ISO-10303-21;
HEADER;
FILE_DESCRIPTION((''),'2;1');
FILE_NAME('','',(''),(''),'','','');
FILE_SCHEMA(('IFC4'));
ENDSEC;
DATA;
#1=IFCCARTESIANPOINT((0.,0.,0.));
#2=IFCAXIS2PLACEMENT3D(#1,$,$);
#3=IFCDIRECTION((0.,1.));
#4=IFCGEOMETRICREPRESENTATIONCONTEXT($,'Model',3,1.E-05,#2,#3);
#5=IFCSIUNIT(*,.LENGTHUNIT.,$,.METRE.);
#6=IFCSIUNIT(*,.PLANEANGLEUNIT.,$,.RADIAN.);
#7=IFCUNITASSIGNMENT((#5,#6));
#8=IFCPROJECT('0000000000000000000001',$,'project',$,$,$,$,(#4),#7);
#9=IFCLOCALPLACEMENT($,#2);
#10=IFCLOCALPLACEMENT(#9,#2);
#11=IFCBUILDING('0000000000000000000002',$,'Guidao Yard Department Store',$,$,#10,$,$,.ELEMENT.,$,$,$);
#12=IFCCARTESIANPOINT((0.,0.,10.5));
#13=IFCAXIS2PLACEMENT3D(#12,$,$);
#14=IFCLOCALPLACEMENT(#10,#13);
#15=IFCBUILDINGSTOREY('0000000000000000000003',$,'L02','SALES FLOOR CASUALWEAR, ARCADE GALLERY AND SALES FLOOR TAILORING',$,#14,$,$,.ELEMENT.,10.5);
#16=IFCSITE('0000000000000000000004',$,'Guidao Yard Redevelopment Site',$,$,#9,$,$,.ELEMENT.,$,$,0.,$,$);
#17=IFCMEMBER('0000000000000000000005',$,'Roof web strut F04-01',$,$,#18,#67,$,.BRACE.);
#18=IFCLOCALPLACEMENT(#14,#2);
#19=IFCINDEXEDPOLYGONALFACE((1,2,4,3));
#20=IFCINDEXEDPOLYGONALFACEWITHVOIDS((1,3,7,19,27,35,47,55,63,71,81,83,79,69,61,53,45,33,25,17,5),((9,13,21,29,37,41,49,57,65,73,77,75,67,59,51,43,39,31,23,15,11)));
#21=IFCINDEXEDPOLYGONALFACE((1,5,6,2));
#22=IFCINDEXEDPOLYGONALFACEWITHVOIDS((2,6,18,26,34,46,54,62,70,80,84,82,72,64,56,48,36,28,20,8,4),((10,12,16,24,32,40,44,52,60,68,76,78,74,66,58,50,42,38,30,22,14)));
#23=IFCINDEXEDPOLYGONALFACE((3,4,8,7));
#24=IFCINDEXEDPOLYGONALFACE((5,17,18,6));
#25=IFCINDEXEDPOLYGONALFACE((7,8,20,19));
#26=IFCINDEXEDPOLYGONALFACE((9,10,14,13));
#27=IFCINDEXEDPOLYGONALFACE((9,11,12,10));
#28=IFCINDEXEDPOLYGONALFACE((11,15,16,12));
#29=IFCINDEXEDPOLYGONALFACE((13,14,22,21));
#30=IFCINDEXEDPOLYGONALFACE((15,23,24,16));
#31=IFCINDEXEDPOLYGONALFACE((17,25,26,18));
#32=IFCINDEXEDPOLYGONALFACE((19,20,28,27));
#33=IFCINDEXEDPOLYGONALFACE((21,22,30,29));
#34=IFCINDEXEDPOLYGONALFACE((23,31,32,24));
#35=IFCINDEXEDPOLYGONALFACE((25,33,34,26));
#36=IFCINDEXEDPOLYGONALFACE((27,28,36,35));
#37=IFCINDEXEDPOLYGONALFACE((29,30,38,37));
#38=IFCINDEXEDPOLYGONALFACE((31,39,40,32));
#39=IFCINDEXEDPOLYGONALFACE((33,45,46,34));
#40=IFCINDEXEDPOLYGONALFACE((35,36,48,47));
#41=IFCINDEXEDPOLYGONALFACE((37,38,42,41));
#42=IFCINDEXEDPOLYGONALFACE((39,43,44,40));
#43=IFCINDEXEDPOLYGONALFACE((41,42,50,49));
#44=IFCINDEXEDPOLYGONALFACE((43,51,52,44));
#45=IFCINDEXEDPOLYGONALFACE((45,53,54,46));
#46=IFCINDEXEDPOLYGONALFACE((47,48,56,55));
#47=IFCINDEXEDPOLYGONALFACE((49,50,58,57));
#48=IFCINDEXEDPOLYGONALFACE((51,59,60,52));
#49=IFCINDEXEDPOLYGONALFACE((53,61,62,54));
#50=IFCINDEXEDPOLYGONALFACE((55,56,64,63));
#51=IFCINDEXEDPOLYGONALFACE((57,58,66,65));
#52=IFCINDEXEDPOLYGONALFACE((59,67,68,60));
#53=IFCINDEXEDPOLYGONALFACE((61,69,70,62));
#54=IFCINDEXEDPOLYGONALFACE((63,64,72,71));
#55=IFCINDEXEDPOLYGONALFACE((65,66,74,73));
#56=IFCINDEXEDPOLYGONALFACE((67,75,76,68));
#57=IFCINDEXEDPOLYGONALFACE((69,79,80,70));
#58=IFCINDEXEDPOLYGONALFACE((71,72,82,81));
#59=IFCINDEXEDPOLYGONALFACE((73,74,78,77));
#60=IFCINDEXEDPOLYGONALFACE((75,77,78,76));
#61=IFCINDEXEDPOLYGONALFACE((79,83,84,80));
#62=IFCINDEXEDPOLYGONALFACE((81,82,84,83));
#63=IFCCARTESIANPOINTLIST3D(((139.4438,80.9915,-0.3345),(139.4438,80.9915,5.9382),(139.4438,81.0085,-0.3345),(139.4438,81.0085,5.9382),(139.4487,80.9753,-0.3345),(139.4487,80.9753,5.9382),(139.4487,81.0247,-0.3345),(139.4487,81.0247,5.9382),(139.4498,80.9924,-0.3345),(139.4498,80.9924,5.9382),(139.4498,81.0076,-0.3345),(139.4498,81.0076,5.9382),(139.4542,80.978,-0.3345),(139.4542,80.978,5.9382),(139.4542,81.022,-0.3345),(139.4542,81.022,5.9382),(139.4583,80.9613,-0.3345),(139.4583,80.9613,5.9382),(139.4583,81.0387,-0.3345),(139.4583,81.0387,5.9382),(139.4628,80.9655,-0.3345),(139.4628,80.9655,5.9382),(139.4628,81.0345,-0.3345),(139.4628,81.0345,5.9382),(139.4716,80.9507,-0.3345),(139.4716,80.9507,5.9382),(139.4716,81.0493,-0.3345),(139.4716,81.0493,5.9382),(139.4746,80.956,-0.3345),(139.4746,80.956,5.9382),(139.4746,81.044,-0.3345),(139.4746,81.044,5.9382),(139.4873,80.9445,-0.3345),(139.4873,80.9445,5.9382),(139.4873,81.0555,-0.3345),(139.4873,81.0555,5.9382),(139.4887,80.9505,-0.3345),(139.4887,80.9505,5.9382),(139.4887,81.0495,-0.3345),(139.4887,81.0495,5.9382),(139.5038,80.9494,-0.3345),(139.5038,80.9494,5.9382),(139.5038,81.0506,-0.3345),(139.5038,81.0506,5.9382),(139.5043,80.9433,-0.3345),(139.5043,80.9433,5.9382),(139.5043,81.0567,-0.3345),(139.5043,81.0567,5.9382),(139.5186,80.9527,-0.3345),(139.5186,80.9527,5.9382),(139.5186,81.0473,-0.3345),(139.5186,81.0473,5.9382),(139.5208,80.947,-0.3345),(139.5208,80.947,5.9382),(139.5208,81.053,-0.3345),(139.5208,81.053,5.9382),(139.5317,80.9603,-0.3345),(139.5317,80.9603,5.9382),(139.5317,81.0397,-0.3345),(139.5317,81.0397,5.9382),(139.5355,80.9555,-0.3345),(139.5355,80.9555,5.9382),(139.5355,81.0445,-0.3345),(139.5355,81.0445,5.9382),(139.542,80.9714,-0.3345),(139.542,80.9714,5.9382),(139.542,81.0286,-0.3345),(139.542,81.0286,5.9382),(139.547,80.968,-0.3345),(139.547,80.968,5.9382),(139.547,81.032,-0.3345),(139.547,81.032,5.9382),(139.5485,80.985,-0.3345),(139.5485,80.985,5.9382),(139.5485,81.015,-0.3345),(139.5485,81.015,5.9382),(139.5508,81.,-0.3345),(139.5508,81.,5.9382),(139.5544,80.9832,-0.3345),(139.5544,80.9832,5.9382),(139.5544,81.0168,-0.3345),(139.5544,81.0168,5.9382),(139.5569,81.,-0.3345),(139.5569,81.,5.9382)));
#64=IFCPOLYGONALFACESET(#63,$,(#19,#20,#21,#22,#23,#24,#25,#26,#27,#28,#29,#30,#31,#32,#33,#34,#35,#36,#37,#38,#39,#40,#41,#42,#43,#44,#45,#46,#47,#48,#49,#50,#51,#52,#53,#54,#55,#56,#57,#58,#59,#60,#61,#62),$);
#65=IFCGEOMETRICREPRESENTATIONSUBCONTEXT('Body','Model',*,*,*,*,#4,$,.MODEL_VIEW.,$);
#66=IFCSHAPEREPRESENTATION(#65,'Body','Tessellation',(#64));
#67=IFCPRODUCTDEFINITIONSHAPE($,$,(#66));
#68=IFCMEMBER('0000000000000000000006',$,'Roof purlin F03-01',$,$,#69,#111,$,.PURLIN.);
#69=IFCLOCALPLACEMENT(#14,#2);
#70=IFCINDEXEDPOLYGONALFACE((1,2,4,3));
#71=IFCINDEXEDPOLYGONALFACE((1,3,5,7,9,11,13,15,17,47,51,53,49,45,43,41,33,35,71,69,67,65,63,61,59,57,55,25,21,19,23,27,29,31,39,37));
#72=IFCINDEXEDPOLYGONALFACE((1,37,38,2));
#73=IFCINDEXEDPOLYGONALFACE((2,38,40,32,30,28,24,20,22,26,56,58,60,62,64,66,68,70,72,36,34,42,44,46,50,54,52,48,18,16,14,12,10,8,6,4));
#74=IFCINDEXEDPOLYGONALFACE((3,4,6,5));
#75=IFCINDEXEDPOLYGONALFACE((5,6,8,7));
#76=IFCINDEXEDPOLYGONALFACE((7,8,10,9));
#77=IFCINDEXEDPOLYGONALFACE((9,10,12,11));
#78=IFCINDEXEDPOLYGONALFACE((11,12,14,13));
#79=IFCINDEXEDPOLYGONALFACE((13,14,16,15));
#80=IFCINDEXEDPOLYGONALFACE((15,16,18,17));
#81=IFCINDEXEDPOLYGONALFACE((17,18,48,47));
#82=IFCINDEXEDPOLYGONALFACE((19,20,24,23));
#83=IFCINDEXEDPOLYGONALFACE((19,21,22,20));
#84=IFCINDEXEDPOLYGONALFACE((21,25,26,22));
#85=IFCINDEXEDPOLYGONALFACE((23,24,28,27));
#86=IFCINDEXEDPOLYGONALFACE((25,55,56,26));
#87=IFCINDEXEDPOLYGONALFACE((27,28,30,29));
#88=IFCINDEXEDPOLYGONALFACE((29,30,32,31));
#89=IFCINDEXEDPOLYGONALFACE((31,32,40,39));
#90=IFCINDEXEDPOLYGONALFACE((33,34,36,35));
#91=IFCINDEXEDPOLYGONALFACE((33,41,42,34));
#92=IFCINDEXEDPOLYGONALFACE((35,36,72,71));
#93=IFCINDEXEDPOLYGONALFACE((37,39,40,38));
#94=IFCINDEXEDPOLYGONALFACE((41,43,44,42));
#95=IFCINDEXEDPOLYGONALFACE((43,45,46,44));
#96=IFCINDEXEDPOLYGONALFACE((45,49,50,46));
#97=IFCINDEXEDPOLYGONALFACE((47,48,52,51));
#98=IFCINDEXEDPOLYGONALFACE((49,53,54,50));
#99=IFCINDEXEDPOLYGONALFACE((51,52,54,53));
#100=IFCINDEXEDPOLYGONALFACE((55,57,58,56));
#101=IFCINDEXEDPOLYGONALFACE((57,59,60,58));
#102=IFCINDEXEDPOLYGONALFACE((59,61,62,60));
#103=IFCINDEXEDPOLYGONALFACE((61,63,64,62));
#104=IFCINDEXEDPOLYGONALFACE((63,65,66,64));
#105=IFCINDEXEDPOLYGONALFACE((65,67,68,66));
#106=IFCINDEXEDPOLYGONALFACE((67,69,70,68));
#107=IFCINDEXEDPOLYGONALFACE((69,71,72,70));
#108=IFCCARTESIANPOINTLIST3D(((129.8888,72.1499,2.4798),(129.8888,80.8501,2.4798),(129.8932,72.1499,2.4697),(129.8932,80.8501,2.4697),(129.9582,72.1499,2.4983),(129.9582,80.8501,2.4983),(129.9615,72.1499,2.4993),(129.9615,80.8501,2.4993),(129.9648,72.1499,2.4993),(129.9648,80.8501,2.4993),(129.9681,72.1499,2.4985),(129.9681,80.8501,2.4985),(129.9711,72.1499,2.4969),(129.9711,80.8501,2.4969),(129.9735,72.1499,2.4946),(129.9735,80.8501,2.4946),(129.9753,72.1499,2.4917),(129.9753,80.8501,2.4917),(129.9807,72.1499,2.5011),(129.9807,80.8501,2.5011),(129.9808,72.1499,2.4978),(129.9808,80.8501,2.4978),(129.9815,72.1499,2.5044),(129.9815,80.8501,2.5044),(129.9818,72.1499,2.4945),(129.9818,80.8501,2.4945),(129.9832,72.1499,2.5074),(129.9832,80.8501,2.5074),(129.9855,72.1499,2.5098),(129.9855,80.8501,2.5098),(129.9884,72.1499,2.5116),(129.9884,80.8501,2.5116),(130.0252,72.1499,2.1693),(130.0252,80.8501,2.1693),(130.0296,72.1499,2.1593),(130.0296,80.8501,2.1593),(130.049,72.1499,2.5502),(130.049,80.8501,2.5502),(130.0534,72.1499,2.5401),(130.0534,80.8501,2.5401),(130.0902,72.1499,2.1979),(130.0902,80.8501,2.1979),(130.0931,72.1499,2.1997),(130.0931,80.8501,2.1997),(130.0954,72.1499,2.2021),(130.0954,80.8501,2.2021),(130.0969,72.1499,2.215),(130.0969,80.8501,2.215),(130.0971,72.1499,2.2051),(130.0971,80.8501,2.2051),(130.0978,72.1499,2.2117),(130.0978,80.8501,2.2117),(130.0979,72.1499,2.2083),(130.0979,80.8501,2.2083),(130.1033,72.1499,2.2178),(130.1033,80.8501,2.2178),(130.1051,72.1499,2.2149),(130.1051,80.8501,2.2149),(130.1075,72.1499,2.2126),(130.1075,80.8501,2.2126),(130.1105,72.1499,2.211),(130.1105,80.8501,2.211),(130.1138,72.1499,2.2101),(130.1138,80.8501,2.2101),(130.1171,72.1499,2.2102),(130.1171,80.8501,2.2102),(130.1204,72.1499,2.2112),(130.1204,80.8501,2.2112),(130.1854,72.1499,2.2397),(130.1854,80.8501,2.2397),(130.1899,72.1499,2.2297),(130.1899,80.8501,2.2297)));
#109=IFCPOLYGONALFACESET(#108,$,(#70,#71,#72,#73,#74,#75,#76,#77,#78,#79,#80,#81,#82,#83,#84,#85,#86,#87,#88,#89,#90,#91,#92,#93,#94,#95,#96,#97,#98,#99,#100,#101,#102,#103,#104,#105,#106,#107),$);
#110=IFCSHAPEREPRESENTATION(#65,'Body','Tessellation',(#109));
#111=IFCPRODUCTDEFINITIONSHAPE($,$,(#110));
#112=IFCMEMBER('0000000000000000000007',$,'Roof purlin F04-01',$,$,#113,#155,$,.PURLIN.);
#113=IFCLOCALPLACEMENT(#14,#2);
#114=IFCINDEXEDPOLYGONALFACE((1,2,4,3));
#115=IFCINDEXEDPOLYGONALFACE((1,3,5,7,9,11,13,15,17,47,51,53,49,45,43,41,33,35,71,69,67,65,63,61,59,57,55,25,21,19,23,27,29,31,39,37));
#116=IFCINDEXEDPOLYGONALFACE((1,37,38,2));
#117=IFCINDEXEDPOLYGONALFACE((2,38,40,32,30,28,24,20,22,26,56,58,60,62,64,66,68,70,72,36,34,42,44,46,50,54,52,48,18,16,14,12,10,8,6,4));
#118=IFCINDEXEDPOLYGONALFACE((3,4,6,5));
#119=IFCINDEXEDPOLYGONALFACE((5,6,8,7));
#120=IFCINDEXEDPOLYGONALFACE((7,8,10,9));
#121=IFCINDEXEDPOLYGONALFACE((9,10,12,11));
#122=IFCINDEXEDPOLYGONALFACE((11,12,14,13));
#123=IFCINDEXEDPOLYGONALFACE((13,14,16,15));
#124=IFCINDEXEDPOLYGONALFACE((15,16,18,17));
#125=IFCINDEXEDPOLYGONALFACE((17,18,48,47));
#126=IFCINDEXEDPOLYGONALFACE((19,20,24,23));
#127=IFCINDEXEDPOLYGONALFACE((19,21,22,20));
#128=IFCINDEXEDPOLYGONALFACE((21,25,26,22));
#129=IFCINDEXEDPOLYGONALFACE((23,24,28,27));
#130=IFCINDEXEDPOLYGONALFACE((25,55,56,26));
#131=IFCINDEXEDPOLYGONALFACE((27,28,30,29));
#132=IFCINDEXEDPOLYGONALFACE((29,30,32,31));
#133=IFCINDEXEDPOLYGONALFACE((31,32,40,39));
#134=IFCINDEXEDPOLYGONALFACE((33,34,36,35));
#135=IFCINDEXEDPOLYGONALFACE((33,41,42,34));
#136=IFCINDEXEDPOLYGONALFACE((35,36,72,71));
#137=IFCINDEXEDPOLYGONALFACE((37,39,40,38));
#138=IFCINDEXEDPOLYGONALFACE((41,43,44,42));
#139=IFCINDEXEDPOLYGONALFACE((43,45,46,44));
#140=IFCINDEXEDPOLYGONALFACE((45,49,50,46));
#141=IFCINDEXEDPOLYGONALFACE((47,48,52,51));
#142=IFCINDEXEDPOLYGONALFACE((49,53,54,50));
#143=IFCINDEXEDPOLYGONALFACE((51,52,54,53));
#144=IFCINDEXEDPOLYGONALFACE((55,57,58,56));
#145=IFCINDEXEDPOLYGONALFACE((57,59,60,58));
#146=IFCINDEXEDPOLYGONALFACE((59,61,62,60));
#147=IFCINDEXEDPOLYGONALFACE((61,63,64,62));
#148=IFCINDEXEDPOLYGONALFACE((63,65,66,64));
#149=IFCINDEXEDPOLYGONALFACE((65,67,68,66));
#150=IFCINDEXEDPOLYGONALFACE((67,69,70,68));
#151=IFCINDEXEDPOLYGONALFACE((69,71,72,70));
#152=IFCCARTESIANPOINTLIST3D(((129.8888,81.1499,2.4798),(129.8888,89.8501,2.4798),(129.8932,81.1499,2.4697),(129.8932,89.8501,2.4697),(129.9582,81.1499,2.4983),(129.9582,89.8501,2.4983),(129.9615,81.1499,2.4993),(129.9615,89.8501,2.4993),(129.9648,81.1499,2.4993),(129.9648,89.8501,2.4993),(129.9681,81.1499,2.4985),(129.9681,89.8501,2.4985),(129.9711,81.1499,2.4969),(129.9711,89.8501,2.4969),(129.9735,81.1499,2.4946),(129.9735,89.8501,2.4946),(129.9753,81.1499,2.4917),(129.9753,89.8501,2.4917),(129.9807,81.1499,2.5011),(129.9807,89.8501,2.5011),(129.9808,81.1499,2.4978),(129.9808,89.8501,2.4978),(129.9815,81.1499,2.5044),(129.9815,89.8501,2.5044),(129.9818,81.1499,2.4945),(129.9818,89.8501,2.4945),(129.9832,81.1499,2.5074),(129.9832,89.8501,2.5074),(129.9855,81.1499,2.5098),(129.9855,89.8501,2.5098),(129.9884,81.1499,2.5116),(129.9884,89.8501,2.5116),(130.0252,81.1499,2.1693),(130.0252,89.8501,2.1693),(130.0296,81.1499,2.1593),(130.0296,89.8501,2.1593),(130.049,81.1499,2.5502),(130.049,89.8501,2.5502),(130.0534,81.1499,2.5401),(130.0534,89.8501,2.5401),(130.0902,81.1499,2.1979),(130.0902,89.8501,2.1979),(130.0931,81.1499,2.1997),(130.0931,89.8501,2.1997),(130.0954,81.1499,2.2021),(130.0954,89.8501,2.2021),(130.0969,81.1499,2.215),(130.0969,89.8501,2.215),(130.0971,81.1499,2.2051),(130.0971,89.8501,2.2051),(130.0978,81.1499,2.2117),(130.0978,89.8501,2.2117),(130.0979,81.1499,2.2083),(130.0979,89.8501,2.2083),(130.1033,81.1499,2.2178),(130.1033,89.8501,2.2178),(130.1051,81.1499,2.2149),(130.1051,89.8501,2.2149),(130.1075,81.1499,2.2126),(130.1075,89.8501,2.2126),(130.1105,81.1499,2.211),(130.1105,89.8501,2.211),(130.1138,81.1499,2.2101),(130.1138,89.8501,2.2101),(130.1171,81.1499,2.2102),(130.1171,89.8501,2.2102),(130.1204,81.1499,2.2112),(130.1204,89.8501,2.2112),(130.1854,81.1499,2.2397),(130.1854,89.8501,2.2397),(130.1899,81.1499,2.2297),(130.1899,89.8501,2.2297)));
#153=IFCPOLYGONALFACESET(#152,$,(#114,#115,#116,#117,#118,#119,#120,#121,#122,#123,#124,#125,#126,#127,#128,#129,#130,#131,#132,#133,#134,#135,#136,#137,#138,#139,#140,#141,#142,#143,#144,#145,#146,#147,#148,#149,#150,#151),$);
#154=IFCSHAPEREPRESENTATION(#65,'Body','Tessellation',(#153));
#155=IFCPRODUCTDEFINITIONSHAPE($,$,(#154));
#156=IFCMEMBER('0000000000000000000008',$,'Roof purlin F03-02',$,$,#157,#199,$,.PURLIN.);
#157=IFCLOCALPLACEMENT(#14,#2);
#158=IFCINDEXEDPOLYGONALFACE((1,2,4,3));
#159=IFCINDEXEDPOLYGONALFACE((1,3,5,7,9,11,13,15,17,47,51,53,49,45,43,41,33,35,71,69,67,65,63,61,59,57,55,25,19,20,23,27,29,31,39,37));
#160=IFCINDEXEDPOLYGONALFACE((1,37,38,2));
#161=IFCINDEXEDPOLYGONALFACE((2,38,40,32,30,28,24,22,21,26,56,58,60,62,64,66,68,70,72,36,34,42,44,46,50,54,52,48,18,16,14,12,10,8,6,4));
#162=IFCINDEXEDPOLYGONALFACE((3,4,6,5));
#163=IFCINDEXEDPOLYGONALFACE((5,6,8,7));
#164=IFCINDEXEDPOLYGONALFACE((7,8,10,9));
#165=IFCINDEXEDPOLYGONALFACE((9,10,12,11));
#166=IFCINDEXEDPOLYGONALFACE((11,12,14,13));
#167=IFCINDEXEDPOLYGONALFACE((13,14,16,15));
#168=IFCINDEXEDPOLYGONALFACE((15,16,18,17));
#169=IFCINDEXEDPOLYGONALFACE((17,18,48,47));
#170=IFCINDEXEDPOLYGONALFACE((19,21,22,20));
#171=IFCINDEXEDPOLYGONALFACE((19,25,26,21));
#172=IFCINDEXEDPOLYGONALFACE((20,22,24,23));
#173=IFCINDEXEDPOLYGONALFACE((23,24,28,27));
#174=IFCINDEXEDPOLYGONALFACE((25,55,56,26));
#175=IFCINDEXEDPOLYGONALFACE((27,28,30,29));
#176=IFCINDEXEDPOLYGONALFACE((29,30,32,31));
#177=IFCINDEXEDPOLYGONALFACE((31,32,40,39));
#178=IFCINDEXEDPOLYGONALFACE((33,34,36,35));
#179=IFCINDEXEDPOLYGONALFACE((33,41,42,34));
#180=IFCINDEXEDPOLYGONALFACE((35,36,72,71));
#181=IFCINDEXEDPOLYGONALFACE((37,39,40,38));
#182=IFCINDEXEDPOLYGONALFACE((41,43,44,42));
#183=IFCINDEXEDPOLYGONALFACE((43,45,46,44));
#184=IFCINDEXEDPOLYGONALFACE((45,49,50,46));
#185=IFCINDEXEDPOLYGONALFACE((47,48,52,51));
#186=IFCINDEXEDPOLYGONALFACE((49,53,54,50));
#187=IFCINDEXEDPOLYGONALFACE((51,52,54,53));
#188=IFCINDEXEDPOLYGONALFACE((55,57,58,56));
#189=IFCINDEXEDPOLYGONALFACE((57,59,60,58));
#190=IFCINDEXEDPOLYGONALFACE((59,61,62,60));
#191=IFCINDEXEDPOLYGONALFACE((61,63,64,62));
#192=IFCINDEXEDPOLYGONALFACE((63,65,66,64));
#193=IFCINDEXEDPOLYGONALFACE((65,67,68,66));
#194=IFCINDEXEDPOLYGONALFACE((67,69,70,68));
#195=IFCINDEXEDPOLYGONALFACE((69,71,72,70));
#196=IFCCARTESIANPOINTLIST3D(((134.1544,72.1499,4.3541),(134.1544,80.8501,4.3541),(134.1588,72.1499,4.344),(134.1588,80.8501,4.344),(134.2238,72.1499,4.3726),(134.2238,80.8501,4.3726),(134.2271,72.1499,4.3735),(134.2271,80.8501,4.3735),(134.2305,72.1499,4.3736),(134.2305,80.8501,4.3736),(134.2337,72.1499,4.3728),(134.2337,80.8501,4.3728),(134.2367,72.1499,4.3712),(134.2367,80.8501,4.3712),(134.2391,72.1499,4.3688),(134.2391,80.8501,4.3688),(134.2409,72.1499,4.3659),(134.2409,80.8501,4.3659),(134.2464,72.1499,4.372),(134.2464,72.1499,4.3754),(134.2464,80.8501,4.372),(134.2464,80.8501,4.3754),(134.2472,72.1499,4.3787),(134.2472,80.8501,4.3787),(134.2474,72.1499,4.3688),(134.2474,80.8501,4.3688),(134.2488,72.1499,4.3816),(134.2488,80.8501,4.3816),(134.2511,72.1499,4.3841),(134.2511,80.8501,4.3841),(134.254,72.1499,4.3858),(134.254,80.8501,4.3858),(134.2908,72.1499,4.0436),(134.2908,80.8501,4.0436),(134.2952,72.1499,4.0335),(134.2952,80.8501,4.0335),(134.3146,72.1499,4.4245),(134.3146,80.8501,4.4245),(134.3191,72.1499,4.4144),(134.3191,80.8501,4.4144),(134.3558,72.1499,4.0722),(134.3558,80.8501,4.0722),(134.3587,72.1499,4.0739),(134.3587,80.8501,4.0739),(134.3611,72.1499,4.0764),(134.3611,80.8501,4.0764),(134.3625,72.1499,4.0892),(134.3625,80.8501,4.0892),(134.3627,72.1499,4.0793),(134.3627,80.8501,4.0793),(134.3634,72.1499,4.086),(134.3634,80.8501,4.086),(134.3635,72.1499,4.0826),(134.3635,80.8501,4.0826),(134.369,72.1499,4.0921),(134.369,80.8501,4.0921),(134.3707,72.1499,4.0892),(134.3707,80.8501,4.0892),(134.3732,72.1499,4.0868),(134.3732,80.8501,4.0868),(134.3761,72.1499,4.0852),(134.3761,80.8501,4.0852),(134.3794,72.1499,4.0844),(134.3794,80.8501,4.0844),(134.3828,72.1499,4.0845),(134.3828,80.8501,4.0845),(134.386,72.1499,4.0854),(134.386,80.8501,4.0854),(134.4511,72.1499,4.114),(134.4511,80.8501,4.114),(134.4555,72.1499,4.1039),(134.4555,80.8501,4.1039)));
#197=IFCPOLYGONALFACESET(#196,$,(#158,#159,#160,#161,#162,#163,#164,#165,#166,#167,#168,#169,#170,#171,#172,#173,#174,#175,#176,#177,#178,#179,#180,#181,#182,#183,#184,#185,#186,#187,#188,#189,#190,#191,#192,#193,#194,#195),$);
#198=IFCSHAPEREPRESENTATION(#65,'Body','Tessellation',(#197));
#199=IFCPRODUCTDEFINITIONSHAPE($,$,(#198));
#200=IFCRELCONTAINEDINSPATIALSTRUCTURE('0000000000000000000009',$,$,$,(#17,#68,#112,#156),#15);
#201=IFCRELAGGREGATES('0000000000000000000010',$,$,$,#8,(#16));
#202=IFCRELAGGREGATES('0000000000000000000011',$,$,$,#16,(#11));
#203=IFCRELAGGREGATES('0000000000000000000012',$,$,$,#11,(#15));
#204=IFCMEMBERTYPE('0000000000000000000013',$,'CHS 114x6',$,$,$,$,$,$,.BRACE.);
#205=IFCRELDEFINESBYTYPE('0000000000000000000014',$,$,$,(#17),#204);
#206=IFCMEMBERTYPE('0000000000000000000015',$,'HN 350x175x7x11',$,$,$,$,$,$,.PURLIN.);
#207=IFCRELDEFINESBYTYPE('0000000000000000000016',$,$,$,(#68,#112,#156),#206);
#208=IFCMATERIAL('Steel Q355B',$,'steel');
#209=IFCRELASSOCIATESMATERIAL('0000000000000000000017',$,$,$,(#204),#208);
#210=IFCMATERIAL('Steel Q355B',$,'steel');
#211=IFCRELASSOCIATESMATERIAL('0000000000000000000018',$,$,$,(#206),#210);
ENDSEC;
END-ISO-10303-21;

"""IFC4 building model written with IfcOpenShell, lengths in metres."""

from ifc_helpers import new_model, si_unit, direction, frame, origin, origin_2d, place, context, subcontext, project, spatial, hollow_circle, i_section, extrude, material, material_profile, profile_set, type_object, element, save


model = new_model("IFC4")

# Units and contexts
model_context = context("Model", 3, precision=1e-05, world=origin(), true_north=direction((0.0, 1.0)))
body_context = subcontext(model_context, "Body", "Model", "MODEL_VIEW")
ifc_project = project(units=[si_unit("LENGTHUNIT", "METRE"), si_unit("PLANEANGLEUNIT", "RADIAN")], contexts=[model_context])

# Site, building, storey
site_placement = place(None, origin())
site = spatial("IfcSite", under=ifc_project, at=site_placement, Name="Guidao Yard Redevelopment Site", CompositionType="ELEMENT", RefElevation=0.0)
building_placement = place(site_placement, origin())
building = spatial("IfcBuilding", under=site, at=building_placement, Name="Guidao Yard Department Store", CompositionType="ELEMENT")
storey_placement = place(building_placement, frame((0.0, 0.0, 10.5)))
storey = spatial("IfcBuildingStorey", under=building, at=storey_placement, Name="L02", Description="SALES FLOOR CASUALWEAR, ARCADE GALLERY AND SALES FLOOR TAILORING", CompositionType="ELEMENT", Elevation=10.5)

# Members
ifc_material_1 = material(Name="Steel Q355B", Category="steel")
ifc_material_profile_1 = material_profile(ifc_material_1, hollow_circle(Radius=0.0569, WallThickness=0.0061, at=origin_2d()), Name="CHS 114x6")
ifc_profile_set_1 = profile_set([ifc_material_profile_1], Name="Steel Q355B")
member_type_1 = type_object("IfcMemberType", Name="CHS 114x6", PredefinedType="BRACE", material=ifc_profile_set_1)
member_placement = place(storey_placement, frame((139.5, 81.0, -0.3345), z_axis=(0.0, 0.0, 1.0), x_axis=(1.0, 0.0, 0.0)))
element("IfcMember", 1, at=member_placement, inside=storey, type_object=member_type_1, Name="Roof web strut F04-01", PredefinedType="BRACE", context=body_context, shape_type="SweptSolid", body=[
    extrude(hollow_circle(Radius=0.0569, WallThickness=0.0061, at=origin_2d()), origin(), (0.0, 0.0, 1.0), 6.2727),
])
ifc_material_2 = material(Name="Steel Q355B", Category="steel")
ifc_material_profile_2 = material_profile(ifc_material_2, i_section(OverallWidth=0.175, OverallDepth=0.3501, WebThickness=0.0071, FlangeThickness=0.011, FilletRadius=0.0129, at=origin_2d()), Name="HN 350x175x7x11")
ifc_profile_set_2 = profile_set([ifc_material_profile_2], Name="Steel Q355B")
member_type_2 = type_object("IfcMemberType", Name="HN 350x175x7x11", PredefinedType="PURLIN", material=ifc_profile_set_2)
for number, where, z_axis, x_axis, name in (
    (2, (130.0393, 72.1499, 2.3547), (0.0, 1.0, 0.0), (-0.915526, 0.0, -0.402258), "Roof purlin F03-01"),
    (3, (130.0393, 81.1499, 2.3547), (0.0, 1.0, 0.0), (-0.915526, 0.0, -0.402258), "Roof purlin F04-01"),
    (4, (134.3049, 72.1499, 4.229), (0.0, 1.0, 0.0), (-0.915526, 0.0, -0.402258), "Roof purlin F03-02"),
):
    element("IfcMember", number, at=place(storey_placement, frame(where, z_axis=z_axis, x_axis=x_axis)), inside=storey, type_object=member_type_2, Name=name, PredefinedType="PURLIN", context=body_context, shape_type="SweptSolid", body=[
        extrude(i_section(OverallWidth=0.175, OverallDepth=0.3501, WebThickness=0.0071, FlangeThickness=0.011, FilletRadius=0.0129, at=origin_2d()), origin(), (0.0, 0.0, 1.0), 8.7002),
    ])

save(model, "model.ifc")
